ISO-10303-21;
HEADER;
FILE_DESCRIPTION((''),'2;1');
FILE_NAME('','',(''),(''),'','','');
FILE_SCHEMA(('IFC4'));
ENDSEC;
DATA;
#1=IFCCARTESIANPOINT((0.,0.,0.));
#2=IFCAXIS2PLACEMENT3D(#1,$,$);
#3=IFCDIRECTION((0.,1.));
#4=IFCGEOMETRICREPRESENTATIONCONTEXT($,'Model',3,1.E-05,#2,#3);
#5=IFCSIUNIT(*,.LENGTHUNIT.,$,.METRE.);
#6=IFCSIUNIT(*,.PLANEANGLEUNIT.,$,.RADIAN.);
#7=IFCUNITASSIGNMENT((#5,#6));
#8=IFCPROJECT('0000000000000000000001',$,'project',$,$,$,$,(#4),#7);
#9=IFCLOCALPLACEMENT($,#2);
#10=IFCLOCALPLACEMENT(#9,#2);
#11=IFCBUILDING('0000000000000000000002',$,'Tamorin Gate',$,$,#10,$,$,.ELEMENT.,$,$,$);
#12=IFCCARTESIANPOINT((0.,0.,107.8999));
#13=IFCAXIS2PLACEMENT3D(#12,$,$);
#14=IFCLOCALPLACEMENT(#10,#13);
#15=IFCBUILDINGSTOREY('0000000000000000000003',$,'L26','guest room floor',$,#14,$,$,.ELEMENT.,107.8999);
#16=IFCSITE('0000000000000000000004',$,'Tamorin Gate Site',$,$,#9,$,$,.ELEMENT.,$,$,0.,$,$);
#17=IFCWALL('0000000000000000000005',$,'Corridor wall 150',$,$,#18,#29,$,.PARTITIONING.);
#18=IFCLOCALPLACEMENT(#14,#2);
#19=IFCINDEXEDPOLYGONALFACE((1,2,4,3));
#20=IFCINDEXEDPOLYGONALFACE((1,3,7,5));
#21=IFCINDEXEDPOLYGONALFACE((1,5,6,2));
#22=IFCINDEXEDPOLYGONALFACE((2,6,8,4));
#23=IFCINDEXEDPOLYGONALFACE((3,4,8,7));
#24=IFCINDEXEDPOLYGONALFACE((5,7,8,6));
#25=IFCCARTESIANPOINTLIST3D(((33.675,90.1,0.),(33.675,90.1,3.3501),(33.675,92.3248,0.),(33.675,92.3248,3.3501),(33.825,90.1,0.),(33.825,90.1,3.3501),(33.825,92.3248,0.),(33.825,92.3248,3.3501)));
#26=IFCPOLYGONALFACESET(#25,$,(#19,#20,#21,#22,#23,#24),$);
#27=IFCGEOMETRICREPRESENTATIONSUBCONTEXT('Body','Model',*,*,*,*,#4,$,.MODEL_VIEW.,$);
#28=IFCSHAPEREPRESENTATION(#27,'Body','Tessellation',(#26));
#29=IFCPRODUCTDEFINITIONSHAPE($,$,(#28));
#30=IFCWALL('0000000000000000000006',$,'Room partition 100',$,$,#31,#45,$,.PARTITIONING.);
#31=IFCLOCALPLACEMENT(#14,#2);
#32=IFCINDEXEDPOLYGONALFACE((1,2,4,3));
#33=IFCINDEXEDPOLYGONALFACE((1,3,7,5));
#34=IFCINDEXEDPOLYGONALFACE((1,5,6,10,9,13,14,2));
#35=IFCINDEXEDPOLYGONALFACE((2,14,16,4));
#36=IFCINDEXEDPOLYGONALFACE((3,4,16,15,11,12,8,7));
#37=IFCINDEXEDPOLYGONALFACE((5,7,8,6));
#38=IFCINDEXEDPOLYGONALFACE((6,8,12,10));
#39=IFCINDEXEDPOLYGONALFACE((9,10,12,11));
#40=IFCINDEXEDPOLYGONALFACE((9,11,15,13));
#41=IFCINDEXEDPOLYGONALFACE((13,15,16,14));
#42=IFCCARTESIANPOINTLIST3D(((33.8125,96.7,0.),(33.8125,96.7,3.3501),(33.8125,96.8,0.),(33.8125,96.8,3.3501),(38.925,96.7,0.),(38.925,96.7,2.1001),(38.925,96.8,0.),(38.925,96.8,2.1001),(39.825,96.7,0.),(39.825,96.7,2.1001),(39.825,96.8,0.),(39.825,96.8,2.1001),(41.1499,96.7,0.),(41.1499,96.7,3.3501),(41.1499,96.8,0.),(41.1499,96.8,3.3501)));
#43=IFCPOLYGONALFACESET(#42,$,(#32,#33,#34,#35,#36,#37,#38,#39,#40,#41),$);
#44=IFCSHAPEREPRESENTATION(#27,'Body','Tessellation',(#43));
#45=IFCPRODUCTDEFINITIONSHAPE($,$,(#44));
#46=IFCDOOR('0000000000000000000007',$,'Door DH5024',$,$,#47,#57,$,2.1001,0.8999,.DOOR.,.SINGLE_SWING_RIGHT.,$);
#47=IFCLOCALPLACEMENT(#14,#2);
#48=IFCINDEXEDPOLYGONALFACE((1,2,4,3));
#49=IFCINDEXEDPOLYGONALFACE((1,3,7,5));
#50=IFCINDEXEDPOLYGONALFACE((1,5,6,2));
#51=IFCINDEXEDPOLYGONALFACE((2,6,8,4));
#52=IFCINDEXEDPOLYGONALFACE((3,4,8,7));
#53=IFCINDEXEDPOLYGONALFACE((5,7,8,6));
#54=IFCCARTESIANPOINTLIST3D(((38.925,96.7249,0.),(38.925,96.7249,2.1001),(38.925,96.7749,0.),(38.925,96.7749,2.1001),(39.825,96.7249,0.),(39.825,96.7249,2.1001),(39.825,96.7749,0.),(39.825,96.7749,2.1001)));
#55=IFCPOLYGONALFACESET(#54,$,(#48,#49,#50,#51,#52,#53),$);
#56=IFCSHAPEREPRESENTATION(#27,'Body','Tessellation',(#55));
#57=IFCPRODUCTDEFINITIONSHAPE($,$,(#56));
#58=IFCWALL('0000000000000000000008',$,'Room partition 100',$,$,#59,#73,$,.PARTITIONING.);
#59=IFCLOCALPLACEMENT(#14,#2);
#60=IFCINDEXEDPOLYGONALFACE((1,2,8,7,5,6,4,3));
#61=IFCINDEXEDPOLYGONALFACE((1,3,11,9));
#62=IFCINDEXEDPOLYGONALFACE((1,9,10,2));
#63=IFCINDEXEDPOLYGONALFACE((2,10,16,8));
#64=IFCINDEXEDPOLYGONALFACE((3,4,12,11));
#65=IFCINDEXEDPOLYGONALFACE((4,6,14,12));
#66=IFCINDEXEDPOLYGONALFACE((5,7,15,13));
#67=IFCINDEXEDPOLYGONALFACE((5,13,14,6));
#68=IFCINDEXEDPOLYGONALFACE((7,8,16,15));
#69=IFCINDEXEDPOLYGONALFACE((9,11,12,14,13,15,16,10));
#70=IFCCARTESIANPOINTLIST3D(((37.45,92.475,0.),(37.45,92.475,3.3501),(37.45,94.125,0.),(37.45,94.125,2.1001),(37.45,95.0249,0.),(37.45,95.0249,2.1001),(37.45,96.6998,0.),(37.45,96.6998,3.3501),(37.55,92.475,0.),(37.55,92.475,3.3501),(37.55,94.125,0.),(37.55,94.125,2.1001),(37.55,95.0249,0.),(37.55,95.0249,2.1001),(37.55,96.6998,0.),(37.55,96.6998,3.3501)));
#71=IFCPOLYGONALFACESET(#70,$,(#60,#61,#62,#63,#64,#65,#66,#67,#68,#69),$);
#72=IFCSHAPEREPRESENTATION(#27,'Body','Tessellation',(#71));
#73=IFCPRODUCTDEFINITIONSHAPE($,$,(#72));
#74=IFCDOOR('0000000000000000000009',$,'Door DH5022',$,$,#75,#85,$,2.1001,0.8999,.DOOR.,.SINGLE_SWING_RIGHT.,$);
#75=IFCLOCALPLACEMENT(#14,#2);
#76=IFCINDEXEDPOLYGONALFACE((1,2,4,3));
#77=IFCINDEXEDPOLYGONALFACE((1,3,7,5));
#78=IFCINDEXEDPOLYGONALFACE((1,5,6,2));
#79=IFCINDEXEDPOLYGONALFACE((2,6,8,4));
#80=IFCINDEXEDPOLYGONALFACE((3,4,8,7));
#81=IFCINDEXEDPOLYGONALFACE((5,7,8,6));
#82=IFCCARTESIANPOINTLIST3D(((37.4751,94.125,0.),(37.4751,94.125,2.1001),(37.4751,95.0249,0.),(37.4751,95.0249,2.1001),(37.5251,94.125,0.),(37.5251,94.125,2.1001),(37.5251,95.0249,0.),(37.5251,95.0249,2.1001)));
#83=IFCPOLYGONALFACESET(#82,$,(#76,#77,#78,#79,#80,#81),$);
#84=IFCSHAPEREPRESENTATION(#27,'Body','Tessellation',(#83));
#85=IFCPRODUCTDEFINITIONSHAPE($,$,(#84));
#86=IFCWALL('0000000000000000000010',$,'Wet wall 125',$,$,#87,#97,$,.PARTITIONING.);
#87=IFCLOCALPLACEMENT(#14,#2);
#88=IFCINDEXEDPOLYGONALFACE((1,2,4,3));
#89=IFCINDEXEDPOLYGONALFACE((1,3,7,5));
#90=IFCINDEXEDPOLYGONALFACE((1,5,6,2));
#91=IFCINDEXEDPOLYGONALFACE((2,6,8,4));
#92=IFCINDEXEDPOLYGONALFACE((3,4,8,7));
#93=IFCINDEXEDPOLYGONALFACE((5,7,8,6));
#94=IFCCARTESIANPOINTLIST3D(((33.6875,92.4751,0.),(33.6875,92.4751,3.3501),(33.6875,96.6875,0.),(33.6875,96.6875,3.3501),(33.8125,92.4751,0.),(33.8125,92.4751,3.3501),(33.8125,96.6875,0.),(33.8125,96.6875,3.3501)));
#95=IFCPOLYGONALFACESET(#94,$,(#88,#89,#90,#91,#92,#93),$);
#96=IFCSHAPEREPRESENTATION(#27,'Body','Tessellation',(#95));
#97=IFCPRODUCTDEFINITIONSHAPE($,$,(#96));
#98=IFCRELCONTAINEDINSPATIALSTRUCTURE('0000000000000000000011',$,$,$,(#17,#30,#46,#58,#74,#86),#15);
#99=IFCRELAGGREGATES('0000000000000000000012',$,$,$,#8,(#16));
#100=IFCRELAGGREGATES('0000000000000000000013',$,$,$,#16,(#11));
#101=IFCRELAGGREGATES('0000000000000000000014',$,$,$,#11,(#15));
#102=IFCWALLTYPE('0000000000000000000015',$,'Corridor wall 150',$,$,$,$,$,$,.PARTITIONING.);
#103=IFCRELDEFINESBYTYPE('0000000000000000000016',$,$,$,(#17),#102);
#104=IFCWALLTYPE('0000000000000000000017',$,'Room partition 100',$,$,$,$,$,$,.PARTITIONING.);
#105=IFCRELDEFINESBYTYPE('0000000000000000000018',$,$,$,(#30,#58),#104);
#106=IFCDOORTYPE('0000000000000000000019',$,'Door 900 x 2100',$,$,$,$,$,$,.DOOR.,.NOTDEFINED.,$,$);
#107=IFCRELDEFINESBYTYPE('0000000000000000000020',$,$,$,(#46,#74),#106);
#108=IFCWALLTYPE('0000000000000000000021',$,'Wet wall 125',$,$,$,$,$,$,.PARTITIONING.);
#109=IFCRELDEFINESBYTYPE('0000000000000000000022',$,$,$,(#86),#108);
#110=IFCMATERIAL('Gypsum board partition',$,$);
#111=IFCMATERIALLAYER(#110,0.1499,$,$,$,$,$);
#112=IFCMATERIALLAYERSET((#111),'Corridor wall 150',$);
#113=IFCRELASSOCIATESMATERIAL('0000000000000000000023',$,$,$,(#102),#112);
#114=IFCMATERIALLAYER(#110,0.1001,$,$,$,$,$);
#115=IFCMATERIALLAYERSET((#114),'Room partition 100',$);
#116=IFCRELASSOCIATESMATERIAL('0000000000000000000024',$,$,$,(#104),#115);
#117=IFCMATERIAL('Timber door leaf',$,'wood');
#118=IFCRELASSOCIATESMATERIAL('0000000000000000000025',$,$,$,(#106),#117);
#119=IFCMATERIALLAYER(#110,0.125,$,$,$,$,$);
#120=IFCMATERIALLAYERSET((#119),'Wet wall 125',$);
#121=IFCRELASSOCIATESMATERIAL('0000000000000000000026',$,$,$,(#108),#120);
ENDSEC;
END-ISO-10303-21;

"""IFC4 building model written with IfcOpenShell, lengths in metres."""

from ifc_helpers import new_model, si_unit, direction, frame, frame_2d, origin, place, context, subcontext, project, spatial, rectangle, extrude, material, layer, layer_set, type_object, element, fill, save


model = new_model("IFC4")

# Units and contexts
model_context = context("Model", 3, precision=1e-05, world=origin(), true_north=direction((0.0, 1.0)))
body_context = subcontext(model_context, "Body", "Model", "MODEL_VIEW")
ifc_project = project(units=[si_unit("LENGTHUNIT", "METRE"), si_unit("PLANEANGLEUNIT", "RADIAN")], contexts=[model_context])

# Site, building, storey
site_placement = place(None, origin())
site = spatial("IfcSite", under=ifc_project, at=site_placement, Name="Tamorin Gate Site", CompositionType="ELEMENT", RefElevation=0.0)
building_placement = place(site_placement, origin())
building = spatial("IfcBuilding", under=site, at=building_placement, Name="Tamorin Gate", CompositionType="ELEMENT")
storey_placement = place(building_placement, frame((0.0, 0.0, 107.8999)))
storey = spatial("IfcBuildingStorey", under=building, at=storey_placement, Name="L26", Description="guest room floor", CompositionType="ELEMENT", Elevation=107.8999)

# Shared definitions
ifc_material_1 = material(Name="Gypsum board partition")
ifc_layer_1 = layer(ifc_material_1, 0.1499)
ifc_layer_set_1 = layer_set([ifc_layer_1], Name="Corridor wall 150")
wall_type_1 = type_object("IfcWallType", Name="Corridor wall 150", PredefinedType="PARTITIONING", material=ifc_layer_set_1)
ifc_material_2 = material(Name="Timber door leaf", Category="wood")

# Wall
wall_1_placement = place(storey_placement, frame((33.75, 90.1001, 0.0), z_axis=(0.0, 0.0, 1.0), x_axis=(0.0, 1.0, 0.0)))
element("IfcWall", 1, at=wall_1_placement, inside=storey, type_object=wall_type_1, Name="Corridor wall 150", PredefinedType="PARTITIONING", context=body_context, shape_type="SweptSolid", body=[
    extrude(rectangle(XDim=2.2249, YDim=0.1499, at=frame_2d((1.1123, 0.0))), origin(), (0.0, 0.0, 1.0), 3.3501),
])

# Walls, openings, doors
ifc_layer_2 = layer(ifc_material_1, 0.1001)
ifc_layer_set_2 = layer_set([ifc_layer_2], Name="Room partition 100")
wall_type_2 = type_object("IfcWallType", Name="Room partition 100", PredefinedType="PARTITIONING", material=ifc_layer_set_2)
wall_2_placement = place(storey_placement, frame((33.8125, 96.75, 0.0), z_axis=(0.0, 0.0, 1.0), x_axis=(1.0, 0.0, 0.0)))
wall_2 = element("IfcWall", 2, at=wall_2_placement, inside=storey, type_object=wall_type_2, Name="Room partition 100", PredefinedType="PARTITIONING", context=body_context, shape_type="SweptSolid", body=[
    extrude(rectangle(XDim=7.3374, YDim=0.1001, at=frame_2d((3.6687, 0.0))), origin(), (0.0, 0.0, 1.0), 3.3501),
])
opening_1_placement = place(wall_2_placement, frame((5.1125, 0.0, 0.0)))
opening_1 = element("IfcOpeningElement", 3, at=opening_1_placement, cuts=wall_2, PredefinedType="OPENING", context=body_context, shape_type="SweptSolid", body=[
    extrude(rectangle(XDim=0.8999, YDim=2.1001, at=frame_2d((0.45, 1.05))), frame((0.0, 0.0601, 0.0), z_axis=(0.0, -1.0, 0.0), x_axis=(1.0, 0.0, 0.0)), (0.0, 0.0, 1.0), 0.1201),
])
door_type_1 = type_object("IfcDoorType", Name="Door 900 x 2100", OperationType="NOTDEFINED", PredefinedType="DOOR", material=ifc_material_2)
door_1_placement = place(opening_1_placement, origin())
door_1 = element("IfcDoor", 4, at=door_1_placement, inside=storey, type_object=door_type_1, Name="Door DH5024", OperationType="SINGLE_SWING_RIGHT", OverallHeight=2.1001, OverallWidth=0.8999, PredefinedType="DOOR", context=body_context, shape_type="SweptSolid", body=[
    extrude(rectangle(XDim=0.8999, YDim=2.1001, at=frame_2d((0.45, 1.05))), frame((0.0, 0.0249, 0.0), z_axis=(0.0, -1.0, 0.0), x_axis=(1.0, 0.0, 0.0)), (0.0, 0.0, 1.0), 0.05),
])
fill(opening_1, door_1)
wall_3_placement = place(storey_placement, frame((37.5, 92.4751, 0.0), z_axis=(0.0, 0.0, 1.0), x_axis=(0.0, 1.0, 0.0)))
wall_3 = element("IfcWall", 5, at=wall_3_placement, inside=storey, type_object=wall_type_2, Name="Room partition 100", PredefinedType="PARTITIONING", context=body_context, shape_type="SweptSolid", body=[
    extrude(rectangle(XDim=4.2249, YDim=0.1001, at=frame_2d((2.1123, 0.0))), origin(), (0.0, 0.0, 1.0), 3.3501),
])
opening_2_placement = place(wall_3_placement, frame((1.6499, 0.0, 0.0)))
opening_2 = element("IfcOpeningElement", 6, at=opening_2_placement, cuts=wall_3, PredefinedType="OPENING", context=body_context, shape_type="SweptSolid", body=[
    extrude(rectangle(XDim=0.8999, YDim=2.1001, at=frame_2d((0.45, 1.05))), frame((0.0, 0.0601, 0.0), z_axis=(0.0, -1.0, 0.0), x_axis=(1.0, 0.0, 0.0)), (0.0, 0.0, 1.0), 0.1201),
])
door_2_placement = place(opening_2_placement, origin())
door_2 = element("IfcDoor", 7, at=door_2_placement, inside=storey, type_object=door_type_1, Name="Door DH5022", OperationType="SINGLE_SWING_RIGHT", OverallHeight=2.1001, OverallWidth=0.8999, PredefinedType="DOOR", context=body_context, shape_type="SweptSolid", body=[
    extrude(rectangle(XDim=0.8999, YDim=2.1001, at=frame_2d((0.45, 1.05))), frame((0.0, 0.0249, 0.0), z_axis=(0.0, -1.0, 0.0), x_axis=(1.0, 0.0, 0.0)), (0.0, 0.0, 1.0), 0.05),
])
fill(opening_2, door_2)

# Wall
ifc_layer_3 = layer(ifc_material_1, 0.125)
ifc_layer_set_3 = layer_set([ifc_layer_3], Name="Wet wall 125")
wall_type_3 = type_object("IfcWallType", Name="Wet wall 125", PredefinedType="PARTITIONING", material=ifc_layer_set_3)
wall_4_placement = place(storey_placement, frame((33.75, 92.4751, 0.0), z_axis=(0.0, 0.0, 1.0), x_axis=(0.0, 1.0, 0.0)))
element("IfcWall", 8, at=wall_4_placement, inside=storey, type_object=wall_type_3, Name="Wet wall 125", PredefinedType="PARTITIONING", context=body_context, shape_type="SweptSolid", body=[
    extrude(rectangle(XDim=4.2124, YDim=0.125, at=frame_2d((2.1062, 0.0))), origin(), (0.0, 0.0, 1.0), 3.3501),
])

save(model, "model.ifc")
